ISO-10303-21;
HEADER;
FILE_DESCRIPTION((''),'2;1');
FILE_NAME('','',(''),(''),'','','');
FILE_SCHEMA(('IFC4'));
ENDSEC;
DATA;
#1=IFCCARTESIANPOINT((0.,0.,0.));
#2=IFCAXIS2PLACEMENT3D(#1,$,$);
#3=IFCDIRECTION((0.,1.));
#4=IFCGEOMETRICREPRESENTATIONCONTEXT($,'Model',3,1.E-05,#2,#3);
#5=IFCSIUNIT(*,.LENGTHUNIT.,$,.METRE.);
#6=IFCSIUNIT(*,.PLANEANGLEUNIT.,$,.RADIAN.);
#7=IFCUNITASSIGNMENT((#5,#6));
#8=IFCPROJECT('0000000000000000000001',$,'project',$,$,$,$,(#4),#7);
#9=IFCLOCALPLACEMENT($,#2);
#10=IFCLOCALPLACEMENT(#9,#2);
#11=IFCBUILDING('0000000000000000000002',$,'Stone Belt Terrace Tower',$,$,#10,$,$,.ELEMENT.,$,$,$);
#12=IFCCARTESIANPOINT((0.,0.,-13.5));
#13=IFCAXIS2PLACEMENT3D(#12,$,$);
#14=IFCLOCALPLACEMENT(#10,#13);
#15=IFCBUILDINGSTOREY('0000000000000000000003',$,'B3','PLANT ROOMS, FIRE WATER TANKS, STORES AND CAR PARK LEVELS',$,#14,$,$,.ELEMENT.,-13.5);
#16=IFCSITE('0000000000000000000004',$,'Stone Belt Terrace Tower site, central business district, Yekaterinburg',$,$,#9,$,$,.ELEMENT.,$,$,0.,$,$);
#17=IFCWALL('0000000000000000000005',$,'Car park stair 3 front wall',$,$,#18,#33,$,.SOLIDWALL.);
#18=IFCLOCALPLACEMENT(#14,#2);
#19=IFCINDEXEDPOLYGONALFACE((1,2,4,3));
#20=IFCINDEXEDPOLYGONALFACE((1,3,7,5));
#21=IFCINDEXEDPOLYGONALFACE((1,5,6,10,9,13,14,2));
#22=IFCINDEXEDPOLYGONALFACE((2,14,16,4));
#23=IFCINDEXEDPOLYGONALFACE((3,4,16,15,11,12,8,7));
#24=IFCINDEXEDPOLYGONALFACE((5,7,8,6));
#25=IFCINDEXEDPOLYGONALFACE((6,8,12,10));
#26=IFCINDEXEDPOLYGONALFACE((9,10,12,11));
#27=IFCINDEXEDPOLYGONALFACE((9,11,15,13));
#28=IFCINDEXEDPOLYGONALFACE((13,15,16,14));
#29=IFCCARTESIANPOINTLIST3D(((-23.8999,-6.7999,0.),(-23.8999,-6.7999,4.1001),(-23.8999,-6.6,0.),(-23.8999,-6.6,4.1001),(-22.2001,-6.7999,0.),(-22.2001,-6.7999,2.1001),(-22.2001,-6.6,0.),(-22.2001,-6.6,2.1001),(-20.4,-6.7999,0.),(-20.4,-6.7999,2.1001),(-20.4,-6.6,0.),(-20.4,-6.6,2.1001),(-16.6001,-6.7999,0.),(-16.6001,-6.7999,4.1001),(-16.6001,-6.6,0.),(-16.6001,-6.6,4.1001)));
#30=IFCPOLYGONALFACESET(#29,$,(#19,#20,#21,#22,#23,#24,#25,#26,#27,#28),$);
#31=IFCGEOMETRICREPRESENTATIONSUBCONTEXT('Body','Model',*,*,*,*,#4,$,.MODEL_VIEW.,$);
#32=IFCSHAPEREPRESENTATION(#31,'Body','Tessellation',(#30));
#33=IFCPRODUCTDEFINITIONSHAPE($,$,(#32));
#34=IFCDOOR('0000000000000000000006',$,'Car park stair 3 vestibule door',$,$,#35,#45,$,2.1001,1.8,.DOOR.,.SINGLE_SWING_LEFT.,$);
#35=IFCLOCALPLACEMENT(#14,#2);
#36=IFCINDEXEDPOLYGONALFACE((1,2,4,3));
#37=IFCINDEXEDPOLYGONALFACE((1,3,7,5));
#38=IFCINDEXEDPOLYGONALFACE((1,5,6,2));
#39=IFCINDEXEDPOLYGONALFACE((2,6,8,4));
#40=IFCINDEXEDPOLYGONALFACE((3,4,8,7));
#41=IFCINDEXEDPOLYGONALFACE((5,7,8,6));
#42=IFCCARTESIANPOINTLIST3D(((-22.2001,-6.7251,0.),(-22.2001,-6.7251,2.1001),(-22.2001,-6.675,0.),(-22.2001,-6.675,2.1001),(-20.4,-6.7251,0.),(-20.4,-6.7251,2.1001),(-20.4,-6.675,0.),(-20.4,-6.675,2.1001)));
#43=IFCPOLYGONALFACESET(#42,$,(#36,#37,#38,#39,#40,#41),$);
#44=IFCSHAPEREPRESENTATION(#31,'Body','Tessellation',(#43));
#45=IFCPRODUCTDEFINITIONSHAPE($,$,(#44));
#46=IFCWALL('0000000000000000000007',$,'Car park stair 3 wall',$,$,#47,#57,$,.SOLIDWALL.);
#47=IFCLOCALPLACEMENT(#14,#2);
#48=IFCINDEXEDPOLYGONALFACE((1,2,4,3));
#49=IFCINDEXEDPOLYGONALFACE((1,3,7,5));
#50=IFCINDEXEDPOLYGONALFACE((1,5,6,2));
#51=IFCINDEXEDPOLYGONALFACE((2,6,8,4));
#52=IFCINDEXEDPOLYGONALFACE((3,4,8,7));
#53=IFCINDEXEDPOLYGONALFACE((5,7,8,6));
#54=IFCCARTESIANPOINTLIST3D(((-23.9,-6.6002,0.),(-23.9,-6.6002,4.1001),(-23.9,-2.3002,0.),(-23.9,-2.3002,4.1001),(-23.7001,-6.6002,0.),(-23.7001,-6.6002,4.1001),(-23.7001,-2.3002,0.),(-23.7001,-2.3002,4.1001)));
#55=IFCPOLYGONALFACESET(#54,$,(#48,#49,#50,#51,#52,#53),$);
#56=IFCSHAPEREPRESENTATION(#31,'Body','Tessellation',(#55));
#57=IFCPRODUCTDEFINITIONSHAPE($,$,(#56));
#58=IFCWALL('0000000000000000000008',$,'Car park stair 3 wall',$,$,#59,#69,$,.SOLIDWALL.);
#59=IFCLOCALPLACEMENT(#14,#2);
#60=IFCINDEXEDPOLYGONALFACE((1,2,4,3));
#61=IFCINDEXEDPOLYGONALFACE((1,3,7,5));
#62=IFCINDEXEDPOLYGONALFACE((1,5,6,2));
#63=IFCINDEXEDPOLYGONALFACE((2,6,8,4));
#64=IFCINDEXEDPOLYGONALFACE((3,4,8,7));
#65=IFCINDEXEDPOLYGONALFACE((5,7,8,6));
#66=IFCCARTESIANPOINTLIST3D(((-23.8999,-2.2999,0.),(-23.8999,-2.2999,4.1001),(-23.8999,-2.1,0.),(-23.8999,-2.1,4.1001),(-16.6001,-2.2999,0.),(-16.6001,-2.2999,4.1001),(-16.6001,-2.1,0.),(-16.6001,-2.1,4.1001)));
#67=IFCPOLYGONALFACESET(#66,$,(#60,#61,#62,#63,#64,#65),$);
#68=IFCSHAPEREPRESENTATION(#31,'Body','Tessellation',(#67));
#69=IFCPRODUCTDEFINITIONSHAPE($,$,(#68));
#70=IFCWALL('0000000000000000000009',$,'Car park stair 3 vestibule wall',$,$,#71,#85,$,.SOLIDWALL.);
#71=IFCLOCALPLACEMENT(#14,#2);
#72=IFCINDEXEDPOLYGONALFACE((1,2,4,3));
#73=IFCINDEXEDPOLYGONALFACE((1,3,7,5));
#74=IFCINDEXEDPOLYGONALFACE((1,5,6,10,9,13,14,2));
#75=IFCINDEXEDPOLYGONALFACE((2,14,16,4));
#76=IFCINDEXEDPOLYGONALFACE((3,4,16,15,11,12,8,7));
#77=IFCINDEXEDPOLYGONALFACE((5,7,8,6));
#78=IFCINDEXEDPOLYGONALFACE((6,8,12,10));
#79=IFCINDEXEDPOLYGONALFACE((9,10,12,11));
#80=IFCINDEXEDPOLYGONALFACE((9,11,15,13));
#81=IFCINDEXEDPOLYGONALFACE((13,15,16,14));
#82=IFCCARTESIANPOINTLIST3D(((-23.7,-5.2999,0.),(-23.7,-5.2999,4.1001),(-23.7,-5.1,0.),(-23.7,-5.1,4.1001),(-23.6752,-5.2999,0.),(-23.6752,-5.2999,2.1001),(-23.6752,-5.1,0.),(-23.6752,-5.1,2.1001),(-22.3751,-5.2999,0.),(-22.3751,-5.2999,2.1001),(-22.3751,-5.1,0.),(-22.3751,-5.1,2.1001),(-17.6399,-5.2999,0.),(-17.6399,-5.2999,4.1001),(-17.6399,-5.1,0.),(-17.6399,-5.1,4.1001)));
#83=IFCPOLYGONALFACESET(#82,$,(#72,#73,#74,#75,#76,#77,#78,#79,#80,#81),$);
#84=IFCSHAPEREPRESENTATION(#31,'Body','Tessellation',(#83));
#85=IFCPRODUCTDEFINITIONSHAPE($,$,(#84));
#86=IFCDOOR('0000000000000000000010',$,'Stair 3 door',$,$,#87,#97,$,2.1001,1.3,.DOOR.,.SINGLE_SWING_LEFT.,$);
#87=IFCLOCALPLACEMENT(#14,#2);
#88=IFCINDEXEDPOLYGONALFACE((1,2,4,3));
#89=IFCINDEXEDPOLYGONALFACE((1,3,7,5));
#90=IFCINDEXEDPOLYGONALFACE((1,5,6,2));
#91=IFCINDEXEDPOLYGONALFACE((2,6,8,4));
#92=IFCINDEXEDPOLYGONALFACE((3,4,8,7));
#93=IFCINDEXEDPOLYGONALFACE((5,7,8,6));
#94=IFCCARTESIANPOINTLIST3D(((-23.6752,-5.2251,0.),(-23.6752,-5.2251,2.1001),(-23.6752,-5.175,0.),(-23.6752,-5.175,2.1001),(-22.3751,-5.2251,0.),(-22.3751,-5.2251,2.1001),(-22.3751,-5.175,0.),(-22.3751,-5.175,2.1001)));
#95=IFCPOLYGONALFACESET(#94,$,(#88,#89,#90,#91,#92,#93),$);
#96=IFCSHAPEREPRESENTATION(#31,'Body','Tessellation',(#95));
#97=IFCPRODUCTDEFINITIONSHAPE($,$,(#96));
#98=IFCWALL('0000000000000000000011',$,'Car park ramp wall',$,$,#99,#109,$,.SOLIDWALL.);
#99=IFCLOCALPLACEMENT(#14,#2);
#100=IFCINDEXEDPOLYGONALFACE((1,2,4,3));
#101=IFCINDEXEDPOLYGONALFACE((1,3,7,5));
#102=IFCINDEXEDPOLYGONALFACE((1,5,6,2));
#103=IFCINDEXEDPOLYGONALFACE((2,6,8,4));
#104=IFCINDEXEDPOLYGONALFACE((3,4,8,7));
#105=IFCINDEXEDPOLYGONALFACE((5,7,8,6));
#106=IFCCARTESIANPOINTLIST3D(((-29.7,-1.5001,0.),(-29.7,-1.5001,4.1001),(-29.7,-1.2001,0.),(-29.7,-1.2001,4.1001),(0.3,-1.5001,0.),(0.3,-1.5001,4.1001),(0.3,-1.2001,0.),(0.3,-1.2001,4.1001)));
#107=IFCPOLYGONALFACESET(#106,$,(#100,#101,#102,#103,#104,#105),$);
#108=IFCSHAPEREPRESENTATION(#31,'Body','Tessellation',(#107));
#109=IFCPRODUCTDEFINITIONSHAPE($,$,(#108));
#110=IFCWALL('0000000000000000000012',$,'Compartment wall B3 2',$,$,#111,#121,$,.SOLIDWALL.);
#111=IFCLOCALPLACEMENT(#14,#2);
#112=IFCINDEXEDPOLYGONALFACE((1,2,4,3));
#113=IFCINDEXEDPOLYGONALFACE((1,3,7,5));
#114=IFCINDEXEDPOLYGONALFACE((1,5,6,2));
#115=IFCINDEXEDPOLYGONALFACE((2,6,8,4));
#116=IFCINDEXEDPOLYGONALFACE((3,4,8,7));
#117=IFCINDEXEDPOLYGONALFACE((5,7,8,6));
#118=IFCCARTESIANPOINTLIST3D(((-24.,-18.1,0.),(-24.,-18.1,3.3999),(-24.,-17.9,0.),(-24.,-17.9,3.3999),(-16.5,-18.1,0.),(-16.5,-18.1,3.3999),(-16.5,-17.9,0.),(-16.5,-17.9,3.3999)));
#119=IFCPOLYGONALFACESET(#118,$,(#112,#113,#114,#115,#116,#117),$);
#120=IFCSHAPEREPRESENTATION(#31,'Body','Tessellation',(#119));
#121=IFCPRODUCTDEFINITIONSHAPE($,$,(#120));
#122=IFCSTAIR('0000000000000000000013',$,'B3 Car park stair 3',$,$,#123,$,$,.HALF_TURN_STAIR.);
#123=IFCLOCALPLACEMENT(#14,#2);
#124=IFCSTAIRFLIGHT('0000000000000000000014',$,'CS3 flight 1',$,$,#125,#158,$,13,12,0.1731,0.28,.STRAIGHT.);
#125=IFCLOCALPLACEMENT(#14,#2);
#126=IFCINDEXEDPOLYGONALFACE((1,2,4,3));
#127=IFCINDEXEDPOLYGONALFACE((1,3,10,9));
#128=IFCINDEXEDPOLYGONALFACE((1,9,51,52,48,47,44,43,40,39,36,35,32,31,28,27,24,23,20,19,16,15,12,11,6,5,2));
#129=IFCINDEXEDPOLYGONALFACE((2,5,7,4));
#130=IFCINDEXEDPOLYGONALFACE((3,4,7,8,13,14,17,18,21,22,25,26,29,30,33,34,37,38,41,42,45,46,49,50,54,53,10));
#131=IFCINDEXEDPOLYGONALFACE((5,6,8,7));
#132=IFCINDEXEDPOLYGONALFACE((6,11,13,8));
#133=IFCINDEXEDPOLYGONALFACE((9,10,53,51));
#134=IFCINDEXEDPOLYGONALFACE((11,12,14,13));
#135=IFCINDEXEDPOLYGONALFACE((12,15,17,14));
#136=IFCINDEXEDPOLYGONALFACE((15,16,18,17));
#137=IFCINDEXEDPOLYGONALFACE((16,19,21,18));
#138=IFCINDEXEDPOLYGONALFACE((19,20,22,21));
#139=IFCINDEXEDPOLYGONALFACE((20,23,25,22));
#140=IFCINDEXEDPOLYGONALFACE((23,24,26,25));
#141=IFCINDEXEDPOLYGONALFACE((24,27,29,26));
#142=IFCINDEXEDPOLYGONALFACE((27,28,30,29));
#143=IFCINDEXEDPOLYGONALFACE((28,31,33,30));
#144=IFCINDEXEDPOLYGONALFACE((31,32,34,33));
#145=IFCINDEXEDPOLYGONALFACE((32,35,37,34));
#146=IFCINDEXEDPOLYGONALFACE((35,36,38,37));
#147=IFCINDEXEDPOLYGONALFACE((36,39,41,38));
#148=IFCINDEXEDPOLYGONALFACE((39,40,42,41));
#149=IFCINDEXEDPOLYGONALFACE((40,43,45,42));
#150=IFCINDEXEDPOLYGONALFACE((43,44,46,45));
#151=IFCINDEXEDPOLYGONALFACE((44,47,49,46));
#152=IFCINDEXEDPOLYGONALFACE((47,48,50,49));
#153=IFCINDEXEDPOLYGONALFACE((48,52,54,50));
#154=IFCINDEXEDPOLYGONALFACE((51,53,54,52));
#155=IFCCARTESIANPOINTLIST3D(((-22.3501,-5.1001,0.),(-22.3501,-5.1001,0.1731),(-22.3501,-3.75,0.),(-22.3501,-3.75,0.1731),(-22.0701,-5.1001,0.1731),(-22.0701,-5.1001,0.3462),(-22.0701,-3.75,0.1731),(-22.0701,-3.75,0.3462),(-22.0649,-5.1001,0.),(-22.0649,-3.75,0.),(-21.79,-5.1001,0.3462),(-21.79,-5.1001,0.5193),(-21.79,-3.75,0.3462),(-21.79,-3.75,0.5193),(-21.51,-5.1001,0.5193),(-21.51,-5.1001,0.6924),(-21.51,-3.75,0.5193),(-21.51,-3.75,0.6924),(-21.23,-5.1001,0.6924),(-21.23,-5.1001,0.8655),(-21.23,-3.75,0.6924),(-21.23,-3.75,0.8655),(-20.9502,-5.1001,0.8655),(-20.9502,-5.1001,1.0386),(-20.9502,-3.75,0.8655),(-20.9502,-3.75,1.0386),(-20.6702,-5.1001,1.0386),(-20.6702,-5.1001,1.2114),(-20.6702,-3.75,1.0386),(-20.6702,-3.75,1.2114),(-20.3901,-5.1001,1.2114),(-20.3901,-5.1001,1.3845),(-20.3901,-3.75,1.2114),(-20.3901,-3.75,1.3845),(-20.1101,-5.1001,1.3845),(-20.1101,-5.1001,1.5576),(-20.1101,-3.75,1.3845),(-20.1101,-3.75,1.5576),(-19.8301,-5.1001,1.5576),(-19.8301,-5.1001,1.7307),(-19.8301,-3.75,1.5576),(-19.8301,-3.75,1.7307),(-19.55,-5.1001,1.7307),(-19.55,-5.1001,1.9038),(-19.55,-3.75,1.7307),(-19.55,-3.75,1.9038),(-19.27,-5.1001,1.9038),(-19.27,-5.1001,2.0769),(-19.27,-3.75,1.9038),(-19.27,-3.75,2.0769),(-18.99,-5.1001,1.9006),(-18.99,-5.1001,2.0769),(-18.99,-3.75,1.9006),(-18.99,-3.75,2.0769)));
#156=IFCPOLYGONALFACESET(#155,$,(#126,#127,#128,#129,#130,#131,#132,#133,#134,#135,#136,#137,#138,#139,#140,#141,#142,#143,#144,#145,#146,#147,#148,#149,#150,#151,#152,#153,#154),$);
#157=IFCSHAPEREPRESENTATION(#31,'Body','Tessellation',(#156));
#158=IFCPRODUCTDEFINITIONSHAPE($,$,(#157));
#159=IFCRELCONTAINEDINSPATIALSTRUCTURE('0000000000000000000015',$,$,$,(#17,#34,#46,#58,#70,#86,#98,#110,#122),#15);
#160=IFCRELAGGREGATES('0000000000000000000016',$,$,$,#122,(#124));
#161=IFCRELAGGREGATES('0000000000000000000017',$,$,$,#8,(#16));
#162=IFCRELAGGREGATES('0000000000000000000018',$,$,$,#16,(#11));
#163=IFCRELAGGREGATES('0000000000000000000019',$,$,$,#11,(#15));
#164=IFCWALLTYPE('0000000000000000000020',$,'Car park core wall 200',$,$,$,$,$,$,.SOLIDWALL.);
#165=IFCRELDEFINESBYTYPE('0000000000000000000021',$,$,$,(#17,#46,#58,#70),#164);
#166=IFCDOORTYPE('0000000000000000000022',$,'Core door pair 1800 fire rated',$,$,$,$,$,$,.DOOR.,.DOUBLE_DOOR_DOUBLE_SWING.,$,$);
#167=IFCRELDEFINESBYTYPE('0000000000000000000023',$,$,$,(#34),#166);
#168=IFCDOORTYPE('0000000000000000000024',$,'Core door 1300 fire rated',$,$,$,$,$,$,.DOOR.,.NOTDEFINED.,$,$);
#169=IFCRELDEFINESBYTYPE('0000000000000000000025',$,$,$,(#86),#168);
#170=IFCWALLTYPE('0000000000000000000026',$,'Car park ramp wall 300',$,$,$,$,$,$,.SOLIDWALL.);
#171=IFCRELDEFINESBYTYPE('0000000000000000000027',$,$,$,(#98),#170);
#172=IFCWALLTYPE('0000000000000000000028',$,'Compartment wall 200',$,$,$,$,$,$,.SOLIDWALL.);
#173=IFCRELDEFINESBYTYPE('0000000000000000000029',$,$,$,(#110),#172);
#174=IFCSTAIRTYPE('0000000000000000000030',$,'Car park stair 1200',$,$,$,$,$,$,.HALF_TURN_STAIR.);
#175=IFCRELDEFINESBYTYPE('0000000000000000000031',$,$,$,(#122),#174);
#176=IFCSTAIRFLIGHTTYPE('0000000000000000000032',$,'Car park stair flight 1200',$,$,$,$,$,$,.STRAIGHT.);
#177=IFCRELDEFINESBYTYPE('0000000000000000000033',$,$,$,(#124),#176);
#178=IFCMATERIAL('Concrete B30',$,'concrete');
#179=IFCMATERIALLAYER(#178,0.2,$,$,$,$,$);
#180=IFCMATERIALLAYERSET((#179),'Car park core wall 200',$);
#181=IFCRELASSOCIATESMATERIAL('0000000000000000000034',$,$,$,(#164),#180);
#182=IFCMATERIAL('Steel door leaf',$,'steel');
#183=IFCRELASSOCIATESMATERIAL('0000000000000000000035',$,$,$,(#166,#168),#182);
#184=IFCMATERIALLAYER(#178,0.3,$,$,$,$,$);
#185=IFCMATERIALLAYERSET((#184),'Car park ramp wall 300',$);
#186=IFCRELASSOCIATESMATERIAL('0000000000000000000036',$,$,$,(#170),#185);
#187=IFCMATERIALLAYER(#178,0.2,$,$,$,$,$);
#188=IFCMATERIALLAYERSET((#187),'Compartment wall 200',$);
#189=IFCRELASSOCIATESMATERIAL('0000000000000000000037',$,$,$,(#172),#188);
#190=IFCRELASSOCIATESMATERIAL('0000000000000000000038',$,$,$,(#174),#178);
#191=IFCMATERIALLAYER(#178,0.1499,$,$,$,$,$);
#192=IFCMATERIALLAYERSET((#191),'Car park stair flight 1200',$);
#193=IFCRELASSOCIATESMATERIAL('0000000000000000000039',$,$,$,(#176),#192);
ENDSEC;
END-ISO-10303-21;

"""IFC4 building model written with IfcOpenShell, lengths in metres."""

from ifc_helpers import new_model, si_unit, direction, frame, frame_2d, origin, place, context, subcontext, project, spatial, polyline, rectangle, outline, extrude, material, layer, layer_set, type_object, element, fill, aggregate, save


model = new_model("IFC4")

# Units and contexts
model_context = context("Model", 3, precision=1e-05, world=origin(), true_north=direction((0.0, 1.0)))
body_context = subcontext(model_context, "Body", "Model", "MODEL_VIEW")
ifc_project = project(units=[si_unit("LENGTHUNIT", "METRE"), si_unit("PLANEANGLEUNIT", "RADIAN")], contexts=[model_context])

# Site, building, storey
site_placement = place(None, origin())
site = spatial("IfcSite", under=ifc_project, at=site_placement, Name="Stone Belt Terrace Tower site, central business district, Yekaterinburg", CompositionType="ELEMENT", RefElevation=0.0)
building_placement = place(site_placement, origin())
building = spatial("IfcBuilding", under=site, at=building_placement, Name="Stone Belt Terrace Tower", CompositionType="ELEMENT")
storey_placement = place(building_placement, frame((0.0, 0.0, -13.5)))
storey = spatial("IfcBuildingStorey", under=building, at=storey_placement, Name="B3", Description="PLANT ROOMS, FIRE WATER TANKS, STORES AND CAR PARK LEVELS", CompositionType="ELEMENT", Elevation=-13.5)

# Shared definitions
ifc_material_1 = material(Name="Concrete B30", Category="concrete")
ifc_layer_1 = layer(ifc_material_1, 0.2)
ifc_layer_set_1 = layer_set([ifc_layer_1], Name="Car park core wall 200")
wall_type_1 = type_object("IfcWallType", Name="Car park core wall 200", PredefinedType="SOLIDWALL", material=ifc_layer_set_1)

# Wall, opening, door
wall_1_placement = place(storey_placement, frame((-23.8999, -6.7, 0.0), z_axis=(0.0, 0.0, 1.0), x_axis=(1.0, 0.0, 0.0)))
wall_1 = element("IfcWall", 1, at=wall_1_placement, inside=storey, type_object=wall_type_1, Name="Car park stair 3 front wall", PredefinedType="SOLIDWALL", context=body_context, shape_type="SweptSolid", body=[
    extrude(rectangle(XDim=7.2998, YDim=0.2, at=frame_2d((3.6499, 0.0))), origin(), (0.0, 0.0, 1.0), 4.1001),
])
opening_1_placement = place(wall_1_placement, frame((1.7, 0.0, 0.0)))
opening_1 = element("IfcOpeningElement", 2, at=opening_1_placement, cuts=wall_1, PredefinedType="OPENING", context=body_context, shape_type="SweptSolid", body=[
    extrude(rectangle(XDim=1.8, YDim=2.1001, at=frame_2d((0.8999, 1.05))), frame((0.0, 0.1099, 0.0), z_axis=(0.0, -1.0, 0.0), x_axis=(1.0, 0.0, 0.0)), (0.0, 0.0, 1.0), 0.22),
])
ifc_material_2 = material(Name="Steel door leaf", Category="steel")
door_type_1 = type_object("IfcDoorType", Name="Core door pair 1800 fire rated", OperationType="DOUBLE_DOOR_DOUBLE_SWING", PredefinedType="DOOR", material=ifc_material_2)
door_1_placement = place(opening_1_placement, origin())
door_1 = element("IfcDoor", 3, at=door_1_placement, inside=storey, type_object=door_type_1, Name="Car park stair 3 vestibule door", OperationType="SINGLE_SWING_LEFT", OverallHeight=2.1001, OverallWidth=1.8, PredefinedType="DOOR", context=body_context, shape_type="SweptSolid", body=[
    extrude(rectangle(XDim=1.8, YDim=2.1001, at=frame_2d((0.8999, 1.05))), frame((0.0, 0.0249, 0.0), z_axis=(0.0, -1.0, 0.0), x_axis=(1.0, 0.0, 0.0)), (0.0, 0.0, 1.0), 0.05),
])
fill(opening_1, door_1)

# Walls
wall_2_placement = place(storey_placement, frame((-23.8, -6.6001, 0.0), z_axis=(0.0, 0.0, 1.0), x_axis=(0.0, 1.0, 0.0)))
element("IfcWall", 4, at=wall_2_placement, inside=storey, type_object=wall_type_1, Name="Car park stair 3 wall", PredefinedType="SOLIDWALL", context=body_context, shape_type="SweptSolid", body=[
    extrude(rectangle(XDim=4.3, YDim=0.2, at=frame_2d((2.1499, 0.0))), origin(), (0.0, 0.0, 1.0), 4.1001),
])
wall_3_placement = place(storey_placement, frame((-23.8999, -2.2, 0.0), z_axis=(0.0, 0.0, 1.0), x_axis=(1.0, 0.0, 0.0)))
element("IfcWall", 5, at=wall_3_placement, inside=storey, type_object=wall_type_1, Name="Car park stair 3 wall", PredefinedType="SOLIDWALL", context=body_context, shape_type="SweptSolid", body=[
    extrude(rectangle(XDim=7.2998, YDim=0.2, at=frame_2d((3.6499, 0.0))), origin(), (0.0, 0.0, 1.0), 4.1001),
])

# Wall, opening, door
wall_4_placement = place(storey_placement, frame((-23.7, -5.2, 0.0), z_axis=(0.0, 0.0, 1.0), x_axis=(1.0, 0.0, 0.0)))
wall_4 = element("IfcWall", 6, at=wall_4_placement, inside=storey, type_object=wall_type_1, Name="Car park stair 3 vestibule wall", PredefinedType="SOLIDWALL", context=body_context, shape_type="SweptSolid", body=[
    extrude(rectangle(XDim=6.0601, YDim=0.2, at=frame_2d((3.03, 0.0))), origin(), (0.0, 0.0, 1.0), 4.1001),
])
opening_2_placement = place(wall_4_placement, frame((0.0249, 0.0, 0.0)))
opening_2 = element("IfcOpeningElement", 7, at=opening_2_placement, cuts=wall_4, PredefinedType="OPENING", context=body_context, shape_type="SweptSolid", body=[
    extrude(rectangle(XDim=1.3, YDim=2.1001, at=frame_2d((0.6499, 1.05))), frame((0.0, 0.1099, 0.0), z_axis=(0.0, -1.0, 0.0), x_axis=(1.0, 0.0, 0.0)), (0.0, 0.0, 1.0), 0.22),
])
door_type_2 = type_object("IfcDoorType", Name="Core door 1300 fire rated", OperationType="NOTDEFINED", PredefinedType="DOOR", material=ifc_material_2)
door_2_placement = place(opening_2_placement, origin())
door_2 = element("IfcDoor", 8, at=door_2_placement, inside=storey, type_object=door_type_2, Name="Stair 3 door", OperationType="SINGLE_SWING_LEFT", OverallHeight=2.1001, OverallWidth=1.3, PredefinedType="DOOR", context=body_context, shape_type="SweptSolid", body=[
    extrude(rectangle(XDim=1.3, YDim=2.1001, at=frame_2d((0.6499, 1.05))), frame((0.0, 0.0249, 0.0), z_axis=(0.0, -1.0, 0.0), x_axis=(1.0, 0.0, 0.0)), (0.0, 0.0, 1.0), 0.05),
])
fill(opening_2, door_2)

# Wall
ifc_layer_2 = layer(ifc_material_1, 0.3)
ifc_layer_set_2 = layer_set([ifc_layer_2], Name="Car park ramp wall 300")
wall_type_2 = type_object("IfcWallType", Name="Car park ramp wall 300", PredefinedType="SOLIDWALL", material=ifc_layer_set_2)
wall_5_placement = place(storey_placement, frame((-29.7, -1.3501, 0.0), z_axis=(0.0, 0.0, 1.0), x_axis=(1.0, 0.0, 0.0)))
element("IfcWall", 9, at=wall_5_placement, inside=storey, type_object=wall_type_2, Name="Car park ramp wall", PredefinedType="SOLIDWALL", context=body_context, shape_type="SweptSolid", body=[
    extrude(rectangle(XDim=30.0, YDim=0.3, at=frame_2d((15.0, 0.0))), origin(), (0.0, 0.0, 1.0), 4.1001),
])

# Shared definitions
ifc_layer_3 = layer(ifc_material_1, 0.2)
ifc_layer_set_3 = layer_set([ifc_layer_3], Name="Compartment wall 200")
wall_type_3 = type_object("IfcWallType", Name="Compartment wall 200", PredefinedType="SOLIDWALL", material=ifc_layer_set_3)

# Wall
wall_6_placement = place(storey_placement, frame((-24.0, -18.0, 0.0), z_axis=(0.0, 0.0, 1.0), x_axis=(1.0, 0.0, 0.0)))
element("IfcWall", 10, at=wall_6_placement, inside=storey, type_object=wall_type_3, Name="Compartment wall B3 2", PredefinedType="SOLIDWALL", context=body_context, shape_type="SweptSolid", body=[
    extrude(rectangle(XDim=7.5, YDim=0.2, at=frame_2d((3.75, 0.0))), origin(), (0.0, 0.0, 1.0), 3.3999),
])

# Stair, stair flight
stair_type = type_object("IfcStairType", Name="Car park stair 1200", PredefinedType="HALF_TURN_STAIR", material=ifc_material_1)
stair_placement = place(storey_placement, origin())
stair = element("IfcStair", 11, at=stair_placement, inside=storey, type_object=stair_type, Name="B3 Car park stair 3", PredefinedType="HALF_TURN_STAIR")
ifc_layer_4 = layer(ifc_material_1, 0.1499)
ifc_layer_set_4 = layer_set([ifc_layer_4], Name="Car park stair flight 1200")
stair_flight_type = type_object("IfcStairFlightType", Name="Car park stair flight 1200", PredefinedType="STRAIGHT", material=ifc_layer_set_4)
stair_flight_placement = place(storey_placement, frame((-22.3501, -4.425, 0.0), z_axis=(0.0, 0.0, 1.0), x_axis=(1.0, 0.0, 0.0)))
stair_flight = element("IfcStairFlight", 12, at=stair_flight_placement, type_object=stair_flight_type, Name="CS3 flight 1", NumberOfRisers=13, NumberOfTreads=12, PredefinedType="STRAIGHT", RiserHeight=0.1731, TreadLength=0.28, context=body_context, shape_type="SweptSolid", body=[
    extrude(outline(polyline([(0.0, 0.0), (0.0, 0.1731), (0.28, 0.1731), (0.28, 0.3462), (0.5601, 0.3462), (0.5601, 0.5193), (0.8401, 0.5193), (0.8401, 0.6924), (1.1201, 0.6924), (1.1201, 0.8655), (1.3999, 0.8655), (1.3999, 1.0386), (1.6799, 1.0386), (1.6799, 1.2114), (1.96, 1.2114), (1.96, 1.3845), (2.24, 1.3845), (2.24, 1.5576), (2.52, 1.5576), (2.52, 1.7307), (2.8, 1.7307), (2.8, 1.9038), (3.0801, 1.9038), (3.0801, 2.0769), (3.3601, 2.0769), (3.3601, 2.25), (3.3601, 1.9006), (0.2852, 0.0), (0.0, 0.0)])), frame((0.0, 0.675, 0.0), z_axis=(0.0, -1.0, 0.0), x_axis=(1.0, 0.0, 0.0)), (0.0, 0.0, 1.0), 1.3501),
])
aggregate(stair, [stair_flight])

save(model, "model.ifc")
